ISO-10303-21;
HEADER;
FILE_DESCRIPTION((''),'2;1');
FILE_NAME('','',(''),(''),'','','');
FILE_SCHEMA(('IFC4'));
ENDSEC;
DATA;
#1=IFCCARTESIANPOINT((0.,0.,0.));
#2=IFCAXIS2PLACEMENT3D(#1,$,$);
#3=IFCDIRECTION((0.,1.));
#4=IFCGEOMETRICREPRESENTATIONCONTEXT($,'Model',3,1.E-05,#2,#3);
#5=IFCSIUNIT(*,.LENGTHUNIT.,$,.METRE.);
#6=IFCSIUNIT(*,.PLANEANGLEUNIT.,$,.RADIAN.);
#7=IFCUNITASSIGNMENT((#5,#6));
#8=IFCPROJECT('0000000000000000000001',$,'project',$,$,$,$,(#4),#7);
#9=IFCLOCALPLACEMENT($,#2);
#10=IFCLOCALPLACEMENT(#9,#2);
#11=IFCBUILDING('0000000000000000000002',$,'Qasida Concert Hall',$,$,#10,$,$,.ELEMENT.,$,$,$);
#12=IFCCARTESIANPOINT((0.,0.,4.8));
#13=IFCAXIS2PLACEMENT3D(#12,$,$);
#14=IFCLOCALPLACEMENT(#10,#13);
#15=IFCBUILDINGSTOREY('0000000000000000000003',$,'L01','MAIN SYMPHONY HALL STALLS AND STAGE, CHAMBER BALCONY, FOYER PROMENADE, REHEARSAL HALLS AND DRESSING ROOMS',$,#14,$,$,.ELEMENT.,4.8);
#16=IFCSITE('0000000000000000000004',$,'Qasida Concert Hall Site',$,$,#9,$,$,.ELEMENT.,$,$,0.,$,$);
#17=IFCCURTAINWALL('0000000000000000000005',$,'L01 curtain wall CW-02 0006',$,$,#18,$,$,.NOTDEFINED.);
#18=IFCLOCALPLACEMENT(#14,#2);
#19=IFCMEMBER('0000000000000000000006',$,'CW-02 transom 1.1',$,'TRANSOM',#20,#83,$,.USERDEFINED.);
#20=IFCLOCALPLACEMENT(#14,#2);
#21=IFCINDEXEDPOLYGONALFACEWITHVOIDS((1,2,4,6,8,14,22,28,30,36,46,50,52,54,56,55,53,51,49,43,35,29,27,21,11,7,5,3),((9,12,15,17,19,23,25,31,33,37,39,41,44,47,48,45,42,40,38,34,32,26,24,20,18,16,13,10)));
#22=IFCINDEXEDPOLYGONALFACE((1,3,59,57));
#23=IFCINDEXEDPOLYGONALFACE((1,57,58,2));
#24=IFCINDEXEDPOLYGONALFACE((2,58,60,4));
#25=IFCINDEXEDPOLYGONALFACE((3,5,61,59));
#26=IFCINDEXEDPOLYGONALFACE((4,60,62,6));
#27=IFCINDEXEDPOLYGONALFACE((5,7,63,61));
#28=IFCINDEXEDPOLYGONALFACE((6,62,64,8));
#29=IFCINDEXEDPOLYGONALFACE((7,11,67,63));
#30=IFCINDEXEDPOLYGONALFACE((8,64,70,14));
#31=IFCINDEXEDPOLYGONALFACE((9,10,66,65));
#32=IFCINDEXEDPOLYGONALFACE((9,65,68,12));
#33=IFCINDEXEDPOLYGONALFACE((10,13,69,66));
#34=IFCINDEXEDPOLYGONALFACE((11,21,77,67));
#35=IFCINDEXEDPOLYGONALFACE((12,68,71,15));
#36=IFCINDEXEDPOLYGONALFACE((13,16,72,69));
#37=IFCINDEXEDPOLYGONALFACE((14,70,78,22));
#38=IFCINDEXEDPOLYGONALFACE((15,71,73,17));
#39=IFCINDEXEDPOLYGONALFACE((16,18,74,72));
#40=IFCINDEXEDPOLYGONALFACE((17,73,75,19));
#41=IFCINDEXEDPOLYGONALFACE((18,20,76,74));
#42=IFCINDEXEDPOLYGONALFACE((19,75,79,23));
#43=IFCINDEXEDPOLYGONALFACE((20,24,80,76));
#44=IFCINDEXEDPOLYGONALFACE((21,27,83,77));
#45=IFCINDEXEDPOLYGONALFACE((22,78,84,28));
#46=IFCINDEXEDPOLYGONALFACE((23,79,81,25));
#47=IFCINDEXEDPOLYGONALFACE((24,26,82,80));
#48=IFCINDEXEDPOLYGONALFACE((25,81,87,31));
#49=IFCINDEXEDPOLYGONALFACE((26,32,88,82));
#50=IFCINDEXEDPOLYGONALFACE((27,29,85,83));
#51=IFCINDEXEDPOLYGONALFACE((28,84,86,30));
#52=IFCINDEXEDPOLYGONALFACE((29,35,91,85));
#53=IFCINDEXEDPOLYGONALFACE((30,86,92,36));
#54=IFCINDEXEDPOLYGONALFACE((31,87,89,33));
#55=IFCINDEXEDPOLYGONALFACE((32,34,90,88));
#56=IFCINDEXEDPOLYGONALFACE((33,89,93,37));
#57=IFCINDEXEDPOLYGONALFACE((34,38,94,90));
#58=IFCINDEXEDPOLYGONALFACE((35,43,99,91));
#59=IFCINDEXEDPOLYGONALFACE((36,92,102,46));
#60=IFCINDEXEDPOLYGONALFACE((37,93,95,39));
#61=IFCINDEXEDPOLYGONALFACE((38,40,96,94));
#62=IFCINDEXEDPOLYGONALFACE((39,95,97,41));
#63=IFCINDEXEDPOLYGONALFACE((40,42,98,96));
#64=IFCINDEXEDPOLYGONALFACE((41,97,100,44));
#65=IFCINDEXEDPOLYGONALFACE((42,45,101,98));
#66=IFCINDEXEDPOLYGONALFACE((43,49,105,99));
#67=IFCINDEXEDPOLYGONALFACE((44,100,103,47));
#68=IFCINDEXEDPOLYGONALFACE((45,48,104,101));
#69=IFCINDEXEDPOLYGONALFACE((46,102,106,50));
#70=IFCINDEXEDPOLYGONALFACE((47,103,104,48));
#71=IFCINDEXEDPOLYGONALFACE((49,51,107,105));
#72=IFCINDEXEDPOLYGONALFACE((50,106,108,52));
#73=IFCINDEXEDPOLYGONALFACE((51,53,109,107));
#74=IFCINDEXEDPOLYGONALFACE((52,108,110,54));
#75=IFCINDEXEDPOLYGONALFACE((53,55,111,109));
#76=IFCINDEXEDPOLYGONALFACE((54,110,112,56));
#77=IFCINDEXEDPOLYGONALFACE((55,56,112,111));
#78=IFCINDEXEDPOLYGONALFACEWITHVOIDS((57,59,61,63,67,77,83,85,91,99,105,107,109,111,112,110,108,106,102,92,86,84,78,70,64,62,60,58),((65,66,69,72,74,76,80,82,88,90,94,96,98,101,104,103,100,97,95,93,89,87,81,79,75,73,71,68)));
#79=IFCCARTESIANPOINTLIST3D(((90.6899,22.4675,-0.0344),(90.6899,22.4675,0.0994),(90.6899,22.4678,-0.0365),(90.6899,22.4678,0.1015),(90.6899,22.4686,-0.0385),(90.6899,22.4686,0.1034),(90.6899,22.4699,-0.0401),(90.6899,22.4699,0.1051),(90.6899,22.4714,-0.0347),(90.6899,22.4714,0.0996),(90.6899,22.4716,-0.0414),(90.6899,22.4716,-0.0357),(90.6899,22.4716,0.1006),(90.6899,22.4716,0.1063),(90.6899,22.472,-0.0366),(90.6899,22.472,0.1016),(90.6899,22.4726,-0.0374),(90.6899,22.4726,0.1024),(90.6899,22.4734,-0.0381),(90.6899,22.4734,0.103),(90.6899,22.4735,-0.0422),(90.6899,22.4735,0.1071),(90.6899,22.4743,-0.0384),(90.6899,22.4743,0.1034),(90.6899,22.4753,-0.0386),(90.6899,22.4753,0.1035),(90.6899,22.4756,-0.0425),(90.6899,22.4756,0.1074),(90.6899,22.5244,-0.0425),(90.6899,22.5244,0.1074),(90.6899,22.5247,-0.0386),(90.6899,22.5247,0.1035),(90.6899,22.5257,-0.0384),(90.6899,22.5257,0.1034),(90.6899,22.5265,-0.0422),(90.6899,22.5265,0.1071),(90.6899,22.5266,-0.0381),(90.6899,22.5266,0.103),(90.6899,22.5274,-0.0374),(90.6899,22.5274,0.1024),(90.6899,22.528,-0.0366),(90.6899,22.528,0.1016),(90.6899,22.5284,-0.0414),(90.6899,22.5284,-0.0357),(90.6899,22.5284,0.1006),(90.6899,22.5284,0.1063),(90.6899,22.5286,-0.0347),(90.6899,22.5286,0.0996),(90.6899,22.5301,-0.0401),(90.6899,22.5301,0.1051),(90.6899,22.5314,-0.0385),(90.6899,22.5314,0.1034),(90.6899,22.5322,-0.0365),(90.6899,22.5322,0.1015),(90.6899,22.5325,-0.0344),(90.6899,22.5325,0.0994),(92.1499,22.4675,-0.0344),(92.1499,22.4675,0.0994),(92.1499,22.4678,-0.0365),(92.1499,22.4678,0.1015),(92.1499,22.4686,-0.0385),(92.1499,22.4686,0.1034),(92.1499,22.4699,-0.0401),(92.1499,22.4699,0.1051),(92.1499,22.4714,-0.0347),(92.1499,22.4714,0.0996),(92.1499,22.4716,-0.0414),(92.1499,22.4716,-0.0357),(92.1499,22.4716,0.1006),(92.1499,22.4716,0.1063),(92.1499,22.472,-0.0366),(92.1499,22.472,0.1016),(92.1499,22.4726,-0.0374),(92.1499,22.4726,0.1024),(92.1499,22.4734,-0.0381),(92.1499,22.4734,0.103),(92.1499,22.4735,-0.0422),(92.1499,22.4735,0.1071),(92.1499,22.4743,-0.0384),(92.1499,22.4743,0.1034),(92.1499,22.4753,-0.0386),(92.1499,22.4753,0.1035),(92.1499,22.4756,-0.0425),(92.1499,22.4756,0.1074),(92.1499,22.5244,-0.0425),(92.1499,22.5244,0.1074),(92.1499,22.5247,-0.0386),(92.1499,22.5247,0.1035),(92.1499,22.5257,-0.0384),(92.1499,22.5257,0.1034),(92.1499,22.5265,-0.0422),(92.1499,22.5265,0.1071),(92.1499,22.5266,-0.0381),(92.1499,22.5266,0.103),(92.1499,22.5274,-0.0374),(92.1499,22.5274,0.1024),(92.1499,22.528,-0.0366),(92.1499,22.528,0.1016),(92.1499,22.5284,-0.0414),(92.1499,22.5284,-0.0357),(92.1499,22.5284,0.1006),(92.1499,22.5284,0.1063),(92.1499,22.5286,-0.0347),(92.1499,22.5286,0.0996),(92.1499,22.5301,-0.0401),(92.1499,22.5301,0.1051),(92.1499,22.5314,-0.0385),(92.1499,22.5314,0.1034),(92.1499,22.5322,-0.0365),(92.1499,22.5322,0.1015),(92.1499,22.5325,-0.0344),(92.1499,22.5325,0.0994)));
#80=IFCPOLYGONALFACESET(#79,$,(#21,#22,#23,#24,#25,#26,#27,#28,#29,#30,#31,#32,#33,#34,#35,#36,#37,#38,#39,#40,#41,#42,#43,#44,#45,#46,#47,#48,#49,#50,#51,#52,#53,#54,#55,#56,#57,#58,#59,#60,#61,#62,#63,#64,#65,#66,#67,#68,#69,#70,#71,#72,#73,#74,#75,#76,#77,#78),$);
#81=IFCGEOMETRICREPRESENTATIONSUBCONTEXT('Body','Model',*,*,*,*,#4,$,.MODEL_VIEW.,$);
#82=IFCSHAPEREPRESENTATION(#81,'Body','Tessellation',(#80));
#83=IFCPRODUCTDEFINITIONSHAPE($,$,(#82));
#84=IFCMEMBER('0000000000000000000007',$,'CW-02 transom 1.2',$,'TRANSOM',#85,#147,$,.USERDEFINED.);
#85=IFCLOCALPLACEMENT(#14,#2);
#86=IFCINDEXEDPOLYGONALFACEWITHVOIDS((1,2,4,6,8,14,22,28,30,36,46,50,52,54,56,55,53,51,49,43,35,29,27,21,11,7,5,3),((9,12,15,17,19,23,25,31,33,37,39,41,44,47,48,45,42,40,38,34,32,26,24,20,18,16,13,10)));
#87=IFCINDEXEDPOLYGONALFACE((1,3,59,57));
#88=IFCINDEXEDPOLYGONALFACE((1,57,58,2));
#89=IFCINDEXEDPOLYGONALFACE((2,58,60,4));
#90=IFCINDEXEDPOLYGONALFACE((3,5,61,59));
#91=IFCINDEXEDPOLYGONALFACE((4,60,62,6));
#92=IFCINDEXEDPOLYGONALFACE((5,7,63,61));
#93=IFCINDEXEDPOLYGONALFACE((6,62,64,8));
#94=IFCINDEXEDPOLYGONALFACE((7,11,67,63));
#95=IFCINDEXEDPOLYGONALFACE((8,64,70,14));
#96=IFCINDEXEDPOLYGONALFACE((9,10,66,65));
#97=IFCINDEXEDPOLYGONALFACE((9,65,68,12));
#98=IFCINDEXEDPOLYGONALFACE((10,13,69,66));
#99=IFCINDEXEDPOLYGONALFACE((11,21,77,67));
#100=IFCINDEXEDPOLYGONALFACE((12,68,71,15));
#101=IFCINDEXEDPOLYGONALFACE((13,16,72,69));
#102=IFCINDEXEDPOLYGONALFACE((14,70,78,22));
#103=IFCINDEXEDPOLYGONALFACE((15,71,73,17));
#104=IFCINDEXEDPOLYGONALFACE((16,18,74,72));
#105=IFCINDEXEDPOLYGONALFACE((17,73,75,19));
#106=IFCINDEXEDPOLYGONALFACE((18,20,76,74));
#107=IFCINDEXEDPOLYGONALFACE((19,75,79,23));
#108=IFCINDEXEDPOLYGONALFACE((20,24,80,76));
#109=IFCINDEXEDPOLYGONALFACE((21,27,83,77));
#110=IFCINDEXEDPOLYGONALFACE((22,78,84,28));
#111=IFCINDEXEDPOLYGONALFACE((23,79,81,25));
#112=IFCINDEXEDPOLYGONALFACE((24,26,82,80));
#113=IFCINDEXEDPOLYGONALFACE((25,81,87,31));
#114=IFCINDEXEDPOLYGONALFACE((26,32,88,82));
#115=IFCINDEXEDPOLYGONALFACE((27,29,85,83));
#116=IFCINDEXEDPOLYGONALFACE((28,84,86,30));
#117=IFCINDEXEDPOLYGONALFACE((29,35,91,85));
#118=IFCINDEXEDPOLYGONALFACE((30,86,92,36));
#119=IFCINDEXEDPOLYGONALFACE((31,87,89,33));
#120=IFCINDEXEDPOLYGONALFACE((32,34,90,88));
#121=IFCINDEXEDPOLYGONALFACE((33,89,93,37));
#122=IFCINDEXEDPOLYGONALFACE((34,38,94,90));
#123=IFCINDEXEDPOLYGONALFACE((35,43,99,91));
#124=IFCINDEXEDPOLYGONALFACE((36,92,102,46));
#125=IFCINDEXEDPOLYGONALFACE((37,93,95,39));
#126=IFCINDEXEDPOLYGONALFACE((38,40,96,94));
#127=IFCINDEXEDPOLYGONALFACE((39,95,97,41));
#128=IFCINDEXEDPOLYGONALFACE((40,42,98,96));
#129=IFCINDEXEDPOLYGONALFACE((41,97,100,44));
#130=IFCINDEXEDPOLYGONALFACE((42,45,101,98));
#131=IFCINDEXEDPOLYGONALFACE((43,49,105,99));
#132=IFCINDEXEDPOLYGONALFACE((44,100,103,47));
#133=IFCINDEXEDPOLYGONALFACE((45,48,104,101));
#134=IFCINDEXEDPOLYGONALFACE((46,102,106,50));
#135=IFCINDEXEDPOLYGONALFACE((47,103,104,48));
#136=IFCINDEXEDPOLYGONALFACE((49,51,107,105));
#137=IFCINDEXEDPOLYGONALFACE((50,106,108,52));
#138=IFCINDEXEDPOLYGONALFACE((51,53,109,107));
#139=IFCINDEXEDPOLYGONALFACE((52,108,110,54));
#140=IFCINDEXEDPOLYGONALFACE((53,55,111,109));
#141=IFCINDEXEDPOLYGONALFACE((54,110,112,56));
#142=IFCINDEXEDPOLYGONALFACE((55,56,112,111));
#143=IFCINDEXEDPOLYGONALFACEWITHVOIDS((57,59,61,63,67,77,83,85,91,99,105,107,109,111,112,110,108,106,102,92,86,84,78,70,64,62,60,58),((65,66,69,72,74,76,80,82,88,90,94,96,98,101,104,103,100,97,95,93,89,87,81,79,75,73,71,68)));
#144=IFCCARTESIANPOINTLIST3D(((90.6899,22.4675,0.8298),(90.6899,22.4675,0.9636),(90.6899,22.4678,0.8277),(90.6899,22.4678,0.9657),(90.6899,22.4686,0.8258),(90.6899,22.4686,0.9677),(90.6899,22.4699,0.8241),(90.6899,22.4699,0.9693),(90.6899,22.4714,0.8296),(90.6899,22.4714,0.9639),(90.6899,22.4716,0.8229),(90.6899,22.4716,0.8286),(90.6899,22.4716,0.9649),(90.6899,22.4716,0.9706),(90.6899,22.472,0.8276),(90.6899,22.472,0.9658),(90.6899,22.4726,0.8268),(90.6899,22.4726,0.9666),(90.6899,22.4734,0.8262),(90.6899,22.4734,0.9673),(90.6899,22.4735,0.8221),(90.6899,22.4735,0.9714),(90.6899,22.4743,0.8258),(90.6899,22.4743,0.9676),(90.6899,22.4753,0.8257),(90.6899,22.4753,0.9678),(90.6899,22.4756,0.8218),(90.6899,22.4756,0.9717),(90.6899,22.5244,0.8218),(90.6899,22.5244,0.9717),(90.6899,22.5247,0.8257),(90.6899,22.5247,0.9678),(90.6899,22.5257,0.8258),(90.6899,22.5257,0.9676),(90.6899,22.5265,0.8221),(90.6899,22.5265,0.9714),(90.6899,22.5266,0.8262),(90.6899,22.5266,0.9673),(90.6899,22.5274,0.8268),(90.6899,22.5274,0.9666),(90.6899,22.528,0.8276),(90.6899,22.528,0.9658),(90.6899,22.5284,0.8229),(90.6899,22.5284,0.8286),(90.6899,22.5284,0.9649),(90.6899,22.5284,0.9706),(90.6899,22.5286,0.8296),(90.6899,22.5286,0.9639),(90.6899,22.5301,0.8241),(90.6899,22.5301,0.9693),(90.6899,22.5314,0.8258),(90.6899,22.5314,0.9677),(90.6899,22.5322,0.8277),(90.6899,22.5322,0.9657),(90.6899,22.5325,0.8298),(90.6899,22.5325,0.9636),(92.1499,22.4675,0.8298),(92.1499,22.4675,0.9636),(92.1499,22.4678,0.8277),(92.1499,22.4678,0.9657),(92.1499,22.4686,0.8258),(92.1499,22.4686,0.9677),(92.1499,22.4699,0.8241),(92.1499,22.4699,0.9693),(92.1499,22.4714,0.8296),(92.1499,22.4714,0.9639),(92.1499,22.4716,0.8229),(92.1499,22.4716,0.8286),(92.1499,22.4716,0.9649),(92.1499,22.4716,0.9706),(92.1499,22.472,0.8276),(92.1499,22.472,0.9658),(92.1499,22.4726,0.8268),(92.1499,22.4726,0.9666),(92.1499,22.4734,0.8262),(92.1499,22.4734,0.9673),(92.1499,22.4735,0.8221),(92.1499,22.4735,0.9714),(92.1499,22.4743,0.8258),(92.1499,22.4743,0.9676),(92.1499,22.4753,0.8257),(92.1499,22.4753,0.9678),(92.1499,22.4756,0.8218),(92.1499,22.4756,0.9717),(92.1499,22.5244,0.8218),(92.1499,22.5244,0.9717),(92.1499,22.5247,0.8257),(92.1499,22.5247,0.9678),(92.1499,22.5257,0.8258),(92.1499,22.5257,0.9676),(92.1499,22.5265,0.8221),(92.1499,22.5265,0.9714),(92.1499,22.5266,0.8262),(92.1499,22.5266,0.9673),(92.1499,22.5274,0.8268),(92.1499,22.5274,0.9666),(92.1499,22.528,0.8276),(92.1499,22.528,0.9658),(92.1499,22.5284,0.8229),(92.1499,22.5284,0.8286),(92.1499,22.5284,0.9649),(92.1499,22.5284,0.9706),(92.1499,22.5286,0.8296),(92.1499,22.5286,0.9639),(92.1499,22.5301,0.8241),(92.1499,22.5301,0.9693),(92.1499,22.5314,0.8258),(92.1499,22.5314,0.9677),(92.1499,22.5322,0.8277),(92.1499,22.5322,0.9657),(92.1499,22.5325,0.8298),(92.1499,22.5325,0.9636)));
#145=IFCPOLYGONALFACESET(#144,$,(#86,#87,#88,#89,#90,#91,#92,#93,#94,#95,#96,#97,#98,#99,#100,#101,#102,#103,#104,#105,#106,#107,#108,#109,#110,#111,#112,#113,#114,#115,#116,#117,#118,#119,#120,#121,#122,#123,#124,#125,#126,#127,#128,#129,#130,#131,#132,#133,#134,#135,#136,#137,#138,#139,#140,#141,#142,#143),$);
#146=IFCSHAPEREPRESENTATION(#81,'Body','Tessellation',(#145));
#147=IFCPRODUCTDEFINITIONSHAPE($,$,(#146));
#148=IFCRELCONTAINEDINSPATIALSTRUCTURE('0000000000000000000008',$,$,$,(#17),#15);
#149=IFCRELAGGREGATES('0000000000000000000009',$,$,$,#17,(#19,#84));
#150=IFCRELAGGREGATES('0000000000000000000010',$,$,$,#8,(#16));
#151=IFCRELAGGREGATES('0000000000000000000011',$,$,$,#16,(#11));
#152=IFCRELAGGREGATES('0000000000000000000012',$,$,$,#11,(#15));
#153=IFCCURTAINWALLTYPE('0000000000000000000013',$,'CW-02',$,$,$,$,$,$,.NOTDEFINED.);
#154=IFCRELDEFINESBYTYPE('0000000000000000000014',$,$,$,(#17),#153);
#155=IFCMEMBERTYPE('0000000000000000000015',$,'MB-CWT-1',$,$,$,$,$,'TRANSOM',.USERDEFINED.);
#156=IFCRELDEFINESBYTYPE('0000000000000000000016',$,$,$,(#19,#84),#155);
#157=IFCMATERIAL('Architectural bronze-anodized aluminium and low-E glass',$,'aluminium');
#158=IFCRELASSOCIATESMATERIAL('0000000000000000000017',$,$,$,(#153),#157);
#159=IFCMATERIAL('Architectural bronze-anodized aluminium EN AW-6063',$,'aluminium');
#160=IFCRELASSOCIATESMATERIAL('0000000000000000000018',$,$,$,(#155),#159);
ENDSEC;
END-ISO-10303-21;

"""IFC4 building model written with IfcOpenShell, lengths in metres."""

from ifc_helpers import new_model, si_unit, direction, frame, origin, origin_2d, place, context, subcontext, project, spatial, hollow_rectangle, extrude, material, material_profile, profile_set, type_object, element, aggregate, save


model = new_model("IFC4")

# Units and contexts
model_context = context("Model", 3, precision=1e-05, world=origin(), true_north=direction((0.0, 1.0)))
body_context = subcontext(model_context, "Body", "Model", "MODEL_VIEW")
ifc_project = project(units=[si_unit("LENGTHUNIT", "METRE"), si_unit("PLANEANGLEUNIT", "RADIAN")], contexts=[model_context])

# Site, building, storey
site_placement = place(None, origin())
site = spatial("IfcSite", under=ifc_project, at=site_placement, Name="Qasida Concert Hall Site", CompositionType="ELEMENT", RefElevation=0.0)
building_placement = place(site_placement, origin())
building = spatial("IfcBuilding", under=site, at=building_placement, Name="Qasida Concert Hall", CompositionType="ELEMENT")
storey_placement = place(building_placement, frame((0.0, 0.0, 4.8)))
storey = spatial("IfcBuildingStorey", under=building, at=storey_placement, Name="L01", Description="MAIN SYMPHONY HALL STALLS AND STAGE, CHAMBER BALCONY, FOYER PROMENADE, REHEARSAL HALLS AND DRESSING ROOMS", CompositionType="ELEMENT", Elevation=4.8)

# Curtain wall, members
ifc_material_1 = material(Name="Architectural bronze-anodized aluminium and low-E glass", Category="aluminium")
curtain_wall_type = type_object("IfcCurtainWallType", Name="CW-02", PredefinedType="NOTDEFINED", material=ifc_material_1)
curtain_wall_placement = place(storey_placement, origin())
curtain_wall = element("IfcCurtainWall", 1, at=curtain_wall_placement, inside=storey, type_object=curtain_wall_type, Name="L01 curtain wall CW-02 0006", PredefinedType="NOTDEFINED")
ifc_material_2 = material(Name="Architectural bronze-anodized aluminium EN AW-6063", Category="aluminium")
ifc_material_profile_1 = material_profile(ifc_material_2, hollow_rectangle(XDim=0.0649, YDim=0.1499, WallThickness=0.0039, InnerFilletRadius=0.0039, OuterFilletRadius=0.0081, at=origin_2d()), Name="CWT 150x65x4")
ifc_profile_set_1 = profile_set([ifc_material_profile_1], Name="Architectural bronze-anodized aluminium EN AW-6063")
member_type_1 = type_object("IfcMemberType", Name="MB-CWT-1", ElementType="TRANSOM", PredefinedType="USERDEFINED", material=ifc_profile_set_1)
member_1_placement = place(storey_placement, frame((90.6899, 22.5, 0.0325), z_axis=(1.0, 0.0, 0.0), x_axis=(0.0, 1.0, 0.0)))
member_1 = element("IfcMember", 2, at=member_1_placement, type_object=member_type_1, Name="CW-02 transom 1.1", ObjectType="TRANSOM", PredefinedType="USERDEFINED", context=body_context, shape_type="SweptSolid", body=[
    extrude(hollow_rectangle(XDim=0.0649, YDim=0.1499, WallThickness=0.0039, InnerFilletRadius=0.0039, OuterFilletRadius=0.0081, at=origin_2d()), origin(), (0.0, 0.0, 1.0), 1.46),
])
member_2_placement = place(storey_placement, frame((90.6899, 22.5, 0.8967), z_axis=(1.0, 0.0, 0.0), x_axis=(0.0, 1.0, 0.0)))
member_2 = element("IfcMember", 3, at=member_2_placement, type_object=member_type_1, Name="CW-02 transom 1.2", ObjectType="TRANSOM", PredefinedType="USERDEFINED", context=body_context, shape_type="SweptSolid", body=[
    extrude(hollow_rectangle(XDim=0.0649, YDim=0.1499, WallThickness=0.0039, InnerFilletRadius=0.0039, OuterFilletRadius=0.0081, at=origin_2d()), origin(), (0.0, 0.0, 1.0), 1.46),
])
aggregate(curtain_wall, [member_1, member_2])

save(model, "model.ifc")
